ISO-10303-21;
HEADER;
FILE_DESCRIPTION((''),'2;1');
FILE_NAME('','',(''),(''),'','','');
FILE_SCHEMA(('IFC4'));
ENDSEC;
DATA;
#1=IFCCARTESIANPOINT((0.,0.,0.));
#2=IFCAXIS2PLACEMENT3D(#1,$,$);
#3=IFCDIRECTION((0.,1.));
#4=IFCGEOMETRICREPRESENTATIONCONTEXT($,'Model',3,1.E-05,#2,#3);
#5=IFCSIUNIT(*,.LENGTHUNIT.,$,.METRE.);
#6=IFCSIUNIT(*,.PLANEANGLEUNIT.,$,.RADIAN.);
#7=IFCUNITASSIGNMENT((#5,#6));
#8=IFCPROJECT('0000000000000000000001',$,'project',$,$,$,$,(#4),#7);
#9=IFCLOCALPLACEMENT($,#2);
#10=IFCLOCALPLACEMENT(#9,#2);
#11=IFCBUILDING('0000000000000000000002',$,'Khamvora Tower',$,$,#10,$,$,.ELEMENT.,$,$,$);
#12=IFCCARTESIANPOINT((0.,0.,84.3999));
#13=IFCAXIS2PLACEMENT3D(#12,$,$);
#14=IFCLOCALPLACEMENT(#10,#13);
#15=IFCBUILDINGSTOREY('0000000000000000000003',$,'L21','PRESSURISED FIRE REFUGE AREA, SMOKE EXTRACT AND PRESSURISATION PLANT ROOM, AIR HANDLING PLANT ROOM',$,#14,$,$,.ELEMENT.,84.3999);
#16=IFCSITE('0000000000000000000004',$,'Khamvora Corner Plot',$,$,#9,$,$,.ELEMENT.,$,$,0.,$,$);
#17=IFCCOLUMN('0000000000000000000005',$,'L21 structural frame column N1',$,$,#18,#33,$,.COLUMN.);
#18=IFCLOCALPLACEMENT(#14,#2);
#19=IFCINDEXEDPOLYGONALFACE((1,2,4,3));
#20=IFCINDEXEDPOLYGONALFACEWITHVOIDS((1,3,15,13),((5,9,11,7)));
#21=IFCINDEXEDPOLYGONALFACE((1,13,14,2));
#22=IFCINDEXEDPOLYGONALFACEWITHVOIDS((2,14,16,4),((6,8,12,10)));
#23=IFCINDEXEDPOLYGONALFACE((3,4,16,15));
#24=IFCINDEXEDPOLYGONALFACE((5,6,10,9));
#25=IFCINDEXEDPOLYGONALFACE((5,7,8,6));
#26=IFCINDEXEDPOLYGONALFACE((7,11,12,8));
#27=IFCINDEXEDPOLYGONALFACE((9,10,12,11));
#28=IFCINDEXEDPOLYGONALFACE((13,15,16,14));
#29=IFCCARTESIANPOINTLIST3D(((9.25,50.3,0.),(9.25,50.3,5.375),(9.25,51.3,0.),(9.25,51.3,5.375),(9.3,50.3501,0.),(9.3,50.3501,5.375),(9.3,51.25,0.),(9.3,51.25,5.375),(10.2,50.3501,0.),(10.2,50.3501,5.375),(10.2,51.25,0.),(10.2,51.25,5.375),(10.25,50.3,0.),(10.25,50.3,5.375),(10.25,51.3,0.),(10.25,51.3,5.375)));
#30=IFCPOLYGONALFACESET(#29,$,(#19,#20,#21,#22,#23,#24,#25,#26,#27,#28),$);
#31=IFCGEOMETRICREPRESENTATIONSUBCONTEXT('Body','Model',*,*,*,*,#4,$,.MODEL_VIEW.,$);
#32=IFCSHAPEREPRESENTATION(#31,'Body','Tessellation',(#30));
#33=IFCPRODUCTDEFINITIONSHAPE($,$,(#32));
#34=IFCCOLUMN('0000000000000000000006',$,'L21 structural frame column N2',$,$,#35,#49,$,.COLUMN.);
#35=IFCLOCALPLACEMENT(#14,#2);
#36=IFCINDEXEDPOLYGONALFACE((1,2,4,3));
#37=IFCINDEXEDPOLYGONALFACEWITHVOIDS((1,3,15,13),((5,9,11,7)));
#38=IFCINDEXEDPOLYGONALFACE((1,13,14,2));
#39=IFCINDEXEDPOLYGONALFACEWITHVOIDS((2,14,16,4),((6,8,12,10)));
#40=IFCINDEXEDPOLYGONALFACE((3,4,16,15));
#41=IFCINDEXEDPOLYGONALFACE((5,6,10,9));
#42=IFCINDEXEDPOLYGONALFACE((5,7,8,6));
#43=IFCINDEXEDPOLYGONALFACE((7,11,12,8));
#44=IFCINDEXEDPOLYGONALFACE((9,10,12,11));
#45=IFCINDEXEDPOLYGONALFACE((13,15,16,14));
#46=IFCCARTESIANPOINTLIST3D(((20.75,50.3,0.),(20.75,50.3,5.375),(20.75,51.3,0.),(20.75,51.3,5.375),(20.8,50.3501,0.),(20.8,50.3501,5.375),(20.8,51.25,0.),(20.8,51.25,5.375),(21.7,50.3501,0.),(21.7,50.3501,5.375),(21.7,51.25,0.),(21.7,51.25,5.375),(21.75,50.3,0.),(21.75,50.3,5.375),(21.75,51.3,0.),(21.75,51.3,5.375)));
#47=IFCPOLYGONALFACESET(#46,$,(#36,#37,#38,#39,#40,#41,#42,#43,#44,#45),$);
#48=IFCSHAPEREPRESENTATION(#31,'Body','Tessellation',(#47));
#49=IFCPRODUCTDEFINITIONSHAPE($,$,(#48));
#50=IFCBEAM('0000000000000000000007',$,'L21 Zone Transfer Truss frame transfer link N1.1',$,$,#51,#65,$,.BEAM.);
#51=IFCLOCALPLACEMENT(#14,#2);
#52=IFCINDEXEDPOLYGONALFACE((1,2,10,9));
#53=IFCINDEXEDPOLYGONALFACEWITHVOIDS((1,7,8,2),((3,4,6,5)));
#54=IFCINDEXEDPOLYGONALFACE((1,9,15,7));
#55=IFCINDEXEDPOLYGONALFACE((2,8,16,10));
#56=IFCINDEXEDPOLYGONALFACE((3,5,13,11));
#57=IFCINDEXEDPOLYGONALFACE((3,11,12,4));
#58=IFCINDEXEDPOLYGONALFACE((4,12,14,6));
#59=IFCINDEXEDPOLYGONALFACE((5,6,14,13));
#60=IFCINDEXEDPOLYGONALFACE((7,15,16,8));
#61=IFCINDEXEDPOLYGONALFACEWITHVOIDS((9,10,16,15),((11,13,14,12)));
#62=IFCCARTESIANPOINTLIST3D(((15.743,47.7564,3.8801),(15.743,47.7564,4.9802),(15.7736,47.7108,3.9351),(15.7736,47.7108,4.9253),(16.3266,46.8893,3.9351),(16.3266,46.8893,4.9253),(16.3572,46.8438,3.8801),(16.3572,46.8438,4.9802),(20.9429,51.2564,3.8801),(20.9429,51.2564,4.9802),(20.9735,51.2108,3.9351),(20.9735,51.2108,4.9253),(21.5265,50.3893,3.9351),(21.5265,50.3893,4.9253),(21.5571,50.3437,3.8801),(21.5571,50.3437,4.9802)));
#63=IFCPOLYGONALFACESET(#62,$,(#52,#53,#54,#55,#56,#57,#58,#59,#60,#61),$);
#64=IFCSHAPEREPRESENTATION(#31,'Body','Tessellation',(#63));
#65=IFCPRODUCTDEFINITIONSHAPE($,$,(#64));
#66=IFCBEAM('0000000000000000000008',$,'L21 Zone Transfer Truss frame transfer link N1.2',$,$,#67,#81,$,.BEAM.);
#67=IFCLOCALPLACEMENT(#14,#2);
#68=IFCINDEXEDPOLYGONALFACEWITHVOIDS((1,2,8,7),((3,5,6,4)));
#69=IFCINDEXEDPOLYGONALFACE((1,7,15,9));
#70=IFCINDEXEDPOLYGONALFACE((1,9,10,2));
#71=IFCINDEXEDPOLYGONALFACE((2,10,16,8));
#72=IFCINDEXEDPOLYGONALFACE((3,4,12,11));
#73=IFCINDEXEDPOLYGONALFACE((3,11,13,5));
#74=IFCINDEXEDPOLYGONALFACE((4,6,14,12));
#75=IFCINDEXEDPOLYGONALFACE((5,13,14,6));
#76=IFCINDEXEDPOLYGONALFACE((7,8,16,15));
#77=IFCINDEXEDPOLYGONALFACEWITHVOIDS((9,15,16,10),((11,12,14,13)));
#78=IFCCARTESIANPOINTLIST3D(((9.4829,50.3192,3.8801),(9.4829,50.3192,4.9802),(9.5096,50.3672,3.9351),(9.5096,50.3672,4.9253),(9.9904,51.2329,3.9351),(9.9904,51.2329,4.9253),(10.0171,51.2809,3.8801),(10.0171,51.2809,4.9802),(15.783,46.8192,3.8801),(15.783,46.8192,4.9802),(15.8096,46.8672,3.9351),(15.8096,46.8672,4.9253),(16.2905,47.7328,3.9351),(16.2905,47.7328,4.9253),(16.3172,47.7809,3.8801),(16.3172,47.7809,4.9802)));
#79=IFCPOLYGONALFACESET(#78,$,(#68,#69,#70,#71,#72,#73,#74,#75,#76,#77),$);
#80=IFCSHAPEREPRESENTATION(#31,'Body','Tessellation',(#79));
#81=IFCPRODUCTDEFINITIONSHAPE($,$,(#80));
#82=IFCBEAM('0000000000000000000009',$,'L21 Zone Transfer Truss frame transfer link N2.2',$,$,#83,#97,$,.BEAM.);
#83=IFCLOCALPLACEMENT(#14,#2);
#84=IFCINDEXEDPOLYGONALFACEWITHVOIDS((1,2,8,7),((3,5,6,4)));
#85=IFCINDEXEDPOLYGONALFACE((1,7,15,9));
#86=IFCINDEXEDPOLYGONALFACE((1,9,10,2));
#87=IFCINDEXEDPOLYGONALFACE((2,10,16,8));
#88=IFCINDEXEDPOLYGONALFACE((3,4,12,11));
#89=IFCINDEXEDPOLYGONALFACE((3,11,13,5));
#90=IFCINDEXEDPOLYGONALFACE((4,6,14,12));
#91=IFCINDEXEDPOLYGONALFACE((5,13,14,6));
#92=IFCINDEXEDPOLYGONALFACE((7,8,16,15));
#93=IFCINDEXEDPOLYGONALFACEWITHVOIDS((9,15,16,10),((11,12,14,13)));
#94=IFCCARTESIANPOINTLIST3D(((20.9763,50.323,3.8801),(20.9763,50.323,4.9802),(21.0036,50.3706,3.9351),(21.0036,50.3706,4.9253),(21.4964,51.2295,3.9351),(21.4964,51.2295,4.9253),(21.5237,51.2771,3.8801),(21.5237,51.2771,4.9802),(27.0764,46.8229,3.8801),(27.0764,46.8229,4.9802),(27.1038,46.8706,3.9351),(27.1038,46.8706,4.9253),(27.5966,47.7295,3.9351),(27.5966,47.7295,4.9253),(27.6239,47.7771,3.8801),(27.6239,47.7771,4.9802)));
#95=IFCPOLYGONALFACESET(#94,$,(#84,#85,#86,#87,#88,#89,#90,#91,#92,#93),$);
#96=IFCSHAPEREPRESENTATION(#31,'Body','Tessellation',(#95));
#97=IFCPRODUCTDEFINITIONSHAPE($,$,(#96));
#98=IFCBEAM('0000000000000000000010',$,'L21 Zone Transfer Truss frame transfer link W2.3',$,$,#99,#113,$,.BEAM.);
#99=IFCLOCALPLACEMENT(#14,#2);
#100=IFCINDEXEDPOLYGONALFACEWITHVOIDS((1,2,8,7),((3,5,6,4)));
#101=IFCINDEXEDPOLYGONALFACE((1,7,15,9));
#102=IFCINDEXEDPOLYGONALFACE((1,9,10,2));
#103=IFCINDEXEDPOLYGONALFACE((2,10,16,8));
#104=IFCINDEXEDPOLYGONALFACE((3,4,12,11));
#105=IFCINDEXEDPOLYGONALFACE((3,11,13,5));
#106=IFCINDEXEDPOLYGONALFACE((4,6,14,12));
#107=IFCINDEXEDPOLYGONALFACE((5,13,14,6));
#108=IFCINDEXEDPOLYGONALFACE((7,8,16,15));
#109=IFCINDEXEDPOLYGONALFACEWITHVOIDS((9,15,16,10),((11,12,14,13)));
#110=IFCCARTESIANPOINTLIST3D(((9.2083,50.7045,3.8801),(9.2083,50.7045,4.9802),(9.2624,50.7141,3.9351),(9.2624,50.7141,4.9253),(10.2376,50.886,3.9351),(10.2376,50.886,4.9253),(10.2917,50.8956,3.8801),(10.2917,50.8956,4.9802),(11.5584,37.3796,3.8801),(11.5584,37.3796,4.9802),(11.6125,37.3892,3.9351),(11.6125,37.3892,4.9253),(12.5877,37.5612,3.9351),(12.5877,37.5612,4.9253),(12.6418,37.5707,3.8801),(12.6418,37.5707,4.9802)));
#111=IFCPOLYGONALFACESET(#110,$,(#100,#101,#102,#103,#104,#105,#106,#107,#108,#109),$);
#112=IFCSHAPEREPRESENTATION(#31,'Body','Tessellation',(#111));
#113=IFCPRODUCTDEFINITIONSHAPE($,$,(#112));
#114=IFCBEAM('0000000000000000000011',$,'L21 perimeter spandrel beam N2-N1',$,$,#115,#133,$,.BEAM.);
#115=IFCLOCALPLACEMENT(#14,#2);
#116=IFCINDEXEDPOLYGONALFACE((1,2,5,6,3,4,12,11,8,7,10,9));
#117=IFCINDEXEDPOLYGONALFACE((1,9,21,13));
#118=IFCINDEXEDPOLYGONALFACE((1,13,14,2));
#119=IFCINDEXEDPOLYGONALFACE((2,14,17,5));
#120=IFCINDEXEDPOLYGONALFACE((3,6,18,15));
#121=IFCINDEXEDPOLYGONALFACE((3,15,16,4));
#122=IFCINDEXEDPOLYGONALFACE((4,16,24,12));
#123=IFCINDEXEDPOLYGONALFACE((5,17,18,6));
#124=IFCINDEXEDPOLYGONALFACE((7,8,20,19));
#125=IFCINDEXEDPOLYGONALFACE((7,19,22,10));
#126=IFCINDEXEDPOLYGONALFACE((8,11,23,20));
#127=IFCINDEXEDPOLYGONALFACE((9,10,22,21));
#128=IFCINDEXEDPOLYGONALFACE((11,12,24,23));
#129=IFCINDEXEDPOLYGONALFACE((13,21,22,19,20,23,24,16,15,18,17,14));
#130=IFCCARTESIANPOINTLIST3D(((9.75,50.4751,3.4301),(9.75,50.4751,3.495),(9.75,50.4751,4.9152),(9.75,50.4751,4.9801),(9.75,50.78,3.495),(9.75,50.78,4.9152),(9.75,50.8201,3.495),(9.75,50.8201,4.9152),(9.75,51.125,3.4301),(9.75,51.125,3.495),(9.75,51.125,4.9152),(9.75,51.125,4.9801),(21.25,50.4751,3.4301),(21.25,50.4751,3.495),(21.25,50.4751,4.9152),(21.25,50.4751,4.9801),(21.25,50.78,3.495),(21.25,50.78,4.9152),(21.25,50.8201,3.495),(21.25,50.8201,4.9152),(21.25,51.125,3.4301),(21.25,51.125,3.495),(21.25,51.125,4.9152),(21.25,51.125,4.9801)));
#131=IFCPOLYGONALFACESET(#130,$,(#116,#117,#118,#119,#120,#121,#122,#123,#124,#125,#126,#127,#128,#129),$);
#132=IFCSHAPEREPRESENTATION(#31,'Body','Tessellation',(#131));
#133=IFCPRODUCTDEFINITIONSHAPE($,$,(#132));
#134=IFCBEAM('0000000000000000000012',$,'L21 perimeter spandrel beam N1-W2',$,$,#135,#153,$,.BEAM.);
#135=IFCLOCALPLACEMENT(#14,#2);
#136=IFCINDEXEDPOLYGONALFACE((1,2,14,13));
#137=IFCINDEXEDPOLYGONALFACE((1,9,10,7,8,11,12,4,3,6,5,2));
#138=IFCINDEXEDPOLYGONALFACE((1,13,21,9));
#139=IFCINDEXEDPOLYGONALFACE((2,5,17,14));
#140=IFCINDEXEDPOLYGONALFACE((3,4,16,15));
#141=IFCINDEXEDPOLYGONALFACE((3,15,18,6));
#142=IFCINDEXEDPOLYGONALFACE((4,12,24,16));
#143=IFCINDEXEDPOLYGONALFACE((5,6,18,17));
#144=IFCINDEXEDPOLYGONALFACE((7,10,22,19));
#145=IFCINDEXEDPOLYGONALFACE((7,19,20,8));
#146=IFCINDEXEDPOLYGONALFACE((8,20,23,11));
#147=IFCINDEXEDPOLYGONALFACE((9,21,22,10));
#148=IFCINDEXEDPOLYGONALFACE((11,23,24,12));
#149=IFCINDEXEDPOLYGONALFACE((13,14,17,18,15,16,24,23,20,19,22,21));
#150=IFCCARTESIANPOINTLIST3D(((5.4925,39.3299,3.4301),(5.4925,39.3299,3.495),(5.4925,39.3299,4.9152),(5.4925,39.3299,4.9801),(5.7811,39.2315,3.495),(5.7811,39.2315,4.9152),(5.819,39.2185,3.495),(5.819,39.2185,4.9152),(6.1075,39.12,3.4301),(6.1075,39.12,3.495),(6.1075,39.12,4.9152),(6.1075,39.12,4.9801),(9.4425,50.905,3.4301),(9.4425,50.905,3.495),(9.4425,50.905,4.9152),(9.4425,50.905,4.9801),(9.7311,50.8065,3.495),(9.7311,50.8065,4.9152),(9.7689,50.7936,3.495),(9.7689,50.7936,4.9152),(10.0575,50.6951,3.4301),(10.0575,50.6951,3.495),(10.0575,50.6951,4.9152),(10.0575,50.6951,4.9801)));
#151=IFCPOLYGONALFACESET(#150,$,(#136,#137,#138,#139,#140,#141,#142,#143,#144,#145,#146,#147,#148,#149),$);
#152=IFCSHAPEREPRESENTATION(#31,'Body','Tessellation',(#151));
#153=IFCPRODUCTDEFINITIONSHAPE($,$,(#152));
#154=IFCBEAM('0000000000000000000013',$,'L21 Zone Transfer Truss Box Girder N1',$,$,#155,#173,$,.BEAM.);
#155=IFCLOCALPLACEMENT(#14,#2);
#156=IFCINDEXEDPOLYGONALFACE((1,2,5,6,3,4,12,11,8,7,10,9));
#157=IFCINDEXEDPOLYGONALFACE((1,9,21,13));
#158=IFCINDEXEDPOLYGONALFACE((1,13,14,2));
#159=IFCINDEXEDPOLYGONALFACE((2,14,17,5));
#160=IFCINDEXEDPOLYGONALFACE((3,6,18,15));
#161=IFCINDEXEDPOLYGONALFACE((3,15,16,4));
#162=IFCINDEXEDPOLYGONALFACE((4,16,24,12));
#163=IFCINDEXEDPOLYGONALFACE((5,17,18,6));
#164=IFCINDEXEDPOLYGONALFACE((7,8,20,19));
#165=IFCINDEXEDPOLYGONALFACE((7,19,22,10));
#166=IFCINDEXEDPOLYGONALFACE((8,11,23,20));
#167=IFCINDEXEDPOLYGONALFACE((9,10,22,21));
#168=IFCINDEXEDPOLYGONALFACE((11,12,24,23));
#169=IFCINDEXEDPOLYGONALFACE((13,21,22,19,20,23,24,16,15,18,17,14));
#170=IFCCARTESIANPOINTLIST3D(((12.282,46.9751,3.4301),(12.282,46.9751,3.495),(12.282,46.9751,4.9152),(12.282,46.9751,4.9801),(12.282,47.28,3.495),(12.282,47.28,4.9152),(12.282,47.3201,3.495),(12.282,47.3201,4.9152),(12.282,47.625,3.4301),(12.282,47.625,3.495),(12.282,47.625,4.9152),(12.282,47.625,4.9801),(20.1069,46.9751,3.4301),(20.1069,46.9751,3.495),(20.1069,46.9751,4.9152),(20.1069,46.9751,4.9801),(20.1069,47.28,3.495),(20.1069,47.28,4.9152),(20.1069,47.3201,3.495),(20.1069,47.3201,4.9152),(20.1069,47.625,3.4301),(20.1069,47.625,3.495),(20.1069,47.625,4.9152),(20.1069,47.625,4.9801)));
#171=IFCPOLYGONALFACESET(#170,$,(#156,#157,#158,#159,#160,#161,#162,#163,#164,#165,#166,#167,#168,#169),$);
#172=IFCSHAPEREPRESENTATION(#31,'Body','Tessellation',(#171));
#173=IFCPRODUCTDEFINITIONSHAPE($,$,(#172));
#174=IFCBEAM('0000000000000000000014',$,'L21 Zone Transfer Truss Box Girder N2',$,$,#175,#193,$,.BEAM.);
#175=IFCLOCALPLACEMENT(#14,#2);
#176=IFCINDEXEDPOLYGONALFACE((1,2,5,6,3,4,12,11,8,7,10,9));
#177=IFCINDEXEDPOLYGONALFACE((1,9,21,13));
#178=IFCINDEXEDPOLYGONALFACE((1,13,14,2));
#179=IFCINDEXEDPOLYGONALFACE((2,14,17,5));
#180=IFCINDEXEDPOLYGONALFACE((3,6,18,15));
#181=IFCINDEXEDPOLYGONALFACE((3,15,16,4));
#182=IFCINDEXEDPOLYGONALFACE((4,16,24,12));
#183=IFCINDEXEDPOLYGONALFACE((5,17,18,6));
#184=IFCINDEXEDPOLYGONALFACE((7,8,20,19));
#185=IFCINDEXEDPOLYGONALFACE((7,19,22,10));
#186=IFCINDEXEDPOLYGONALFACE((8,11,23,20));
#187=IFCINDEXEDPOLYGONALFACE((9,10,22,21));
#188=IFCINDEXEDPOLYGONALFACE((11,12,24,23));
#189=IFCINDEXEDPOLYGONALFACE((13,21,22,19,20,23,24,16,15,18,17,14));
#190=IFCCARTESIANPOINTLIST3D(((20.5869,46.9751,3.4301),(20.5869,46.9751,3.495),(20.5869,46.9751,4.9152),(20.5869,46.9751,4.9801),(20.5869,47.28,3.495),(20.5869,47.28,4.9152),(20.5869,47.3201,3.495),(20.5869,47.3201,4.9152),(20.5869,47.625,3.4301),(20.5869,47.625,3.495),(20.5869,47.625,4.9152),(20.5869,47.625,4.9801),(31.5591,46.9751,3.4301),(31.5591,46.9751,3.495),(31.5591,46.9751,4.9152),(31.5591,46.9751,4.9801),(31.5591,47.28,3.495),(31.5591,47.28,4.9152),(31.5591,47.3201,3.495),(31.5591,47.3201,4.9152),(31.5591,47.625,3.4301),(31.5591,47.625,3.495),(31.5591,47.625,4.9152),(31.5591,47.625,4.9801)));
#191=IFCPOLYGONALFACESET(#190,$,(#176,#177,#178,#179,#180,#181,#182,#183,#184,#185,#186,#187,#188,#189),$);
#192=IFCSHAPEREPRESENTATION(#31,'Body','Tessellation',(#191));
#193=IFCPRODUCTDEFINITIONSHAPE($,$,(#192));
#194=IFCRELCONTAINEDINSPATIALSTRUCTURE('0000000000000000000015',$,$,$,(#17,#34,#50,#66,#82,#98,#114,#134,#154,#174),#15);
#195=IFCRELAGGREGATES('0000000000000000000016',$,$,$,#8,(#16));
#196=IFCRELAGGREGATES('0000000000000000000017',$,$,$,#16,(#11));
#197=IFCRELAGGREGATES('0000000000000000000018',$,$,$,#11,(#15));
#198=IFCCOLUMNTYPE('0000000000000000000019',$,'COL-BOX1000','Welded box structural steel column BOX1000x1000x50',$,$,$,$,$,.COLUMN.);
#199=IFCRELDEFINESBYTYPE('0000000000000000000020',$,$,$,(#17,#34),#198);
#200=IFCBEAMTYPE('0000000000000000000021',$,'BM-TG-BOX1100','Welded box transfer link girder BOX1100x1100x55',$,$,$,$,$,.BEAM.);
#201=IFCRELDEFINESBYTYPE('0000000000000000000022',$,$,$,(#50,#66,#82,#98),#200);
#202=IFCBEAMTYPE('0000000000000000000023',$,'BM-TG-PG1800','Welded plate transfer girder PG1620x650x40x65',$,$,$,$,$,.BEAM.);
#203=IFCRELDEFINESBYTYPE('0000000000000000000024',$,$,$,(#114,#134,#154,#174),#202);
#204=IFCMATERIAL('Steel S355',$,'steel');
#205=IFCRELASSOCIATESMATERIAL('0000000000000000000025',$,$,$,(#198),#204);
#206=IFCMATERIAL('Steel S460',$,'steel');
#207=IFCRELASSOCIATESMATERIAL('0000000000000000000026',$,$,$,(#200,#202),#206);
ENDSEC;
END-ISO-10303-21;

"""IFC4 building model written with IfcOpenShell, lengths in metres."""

from ifc_helpers import new_model, si_unit, direction, frame, origin, origin_2d, place, context, subcontext, project, spatial, hollow_rectangle, i_section, extrude, material, material_profile, profile_set, type_object, element, save


model = new_model("IFC4")

# Units and contexts
model_context = context("Model", 3, precision=1e-05, world=origin(), true_north=direction((0.0, 1.0)))
body_context = subcontext(model_context, "Body", "Model", "MODEL_VIEW")
ifc_project = project(units=[si_unit("LENGTHUNIT", "METRE"), si_unit("PLANEANGLEUNIT", "RADIAN")], contexts=[model_context])

# Site, building, storey
site_placement = place(None, origin())
site = spatial("IfcSite", under=ifc_project, at=site_placement, Name="Khamvora Corner Plot", CompositionType="ELEMENT", RefElevation=0.0)
building_placement = place(site_placement, origin())
building = spatial("IfcBuilding", under=site, at=building_placement, Name="Khamvora Tower", CompositionType="ELEMENT")
storey_placement = place(building_placement, frame((0.0, 0.0, 84.3999)))
storey = spatial("IfcBuildingStorey", under=building, at=storey_placement, Name="L21", Description="PRESSURISED FIRE REFUGE AREA, SMOKE EXTRACT AND PRESSURISATION PLANT ROOM, AIR HANDLING PLANT ROOM", CompositionType="ELEMENT", Elevation=84.3999)

# Columns
ifc_material_1 = material(Name="Steel S355", Category="steel")
ifc_material_profile_1 = material_profile(ifc_material_1, hollow_rectangle(XDim=1.0, YDim=1.0, WallThickness=0.05, at=origin_2d()), Name="BOX1000x1000x50")
ifc_profile_set_1 = profile_set([ifc_material_profile_1], Name="Steel S355")
column_type = type_object("IfcColumnType", Name="COL-BOX1000", Description="Welded box structural steel column BOX1000x1000x50", PredefinedType="COLUMN", material=ifc_profile_set_1)
for number, where, z_axis, x_axis, name in (
    (1, (9.75, 50.8, 0.0), (0.0, 0.0, 1.0), (1.0, 0.0, 0.0), "L21 structural frame column N1"),
    (2, (21.25, 50.8, 0.0), (0.0, 0.0, 1.0), (1.0, 0.0, 0.0), "L21 structural frame column N2"),
):
    element("IfcColumn", number, at=place(storey_placement, frame(where, z_axis=z_axis, x_axis=x_axis)), inside=storey, type_object=column_type, Name=name, PredefinedType="COLUMN", context=body_context, shape_type="SweptSolid", body=[
        extrude(hollow_rectangle(XDim=1.0, YDim=1.0, WallThickness=0.05, at=origin_2d()), origin(), (0.0, 0.0, 1.0), 5.375),
    ])

# Beams
ifc_material_2 = material(Name="Steel S460", Category="steel")
ifc_material_profile_2 = material_profile(ifc_material_2, hollow_rectangle(XDim=1.1001, YDim=1.1001, WallThickness=0.0549, at=origin_2d()), Name="BOX1100x1100x55")
ifc_profile_set_2 = profile_set([ifc_material_profile_2], Name="Steel S460")
beam_type_1 = type_object("IfcBeamType", Name="BM-TG-BOX1100", Description="Welded box transfer link girder BOX1100x1100x55", PredefinedType="BEAM", material=ifc_profile_set_2)
beam_1_placement = place(storey_placement, frame((21.25, 50.8, 4.4302), z_axis=(-0.829585, -0.55838, 0.0), x_axis=(0.55838, -0.829585, 0.0)))
element("IfcBeam", 3, at=beam_1_placement, inside=storey, type_object=beam_type_1, Name="L21 Zone Transfer Truss frame transfer link N1.1", PredefinedType="BEAM", context=body_context, shape_type="SweptSolid", body=[
    extrude(hollow_rectangle(XDim=1.1001, YDim=1.1001, WallThickness=0.0549, at=origin_2d()), origin(), (0.0, 0.0, 1.0), 6.2681),
])
beam_2_placement = place(storey_placement, frame((9.75, 50.8, 4.4302), z_axis=(0.874159, -0.48564, 0.0), x_axis=(0.48564, 0.874159, 0.0)))
element("IfcBeam", 4, at=beam_2_placement, inside=storey, type_object=beam_type_1, Name="L21 Zone Transfer Truss frame transfer link N1.2", PredefinedType="BEAM", context=body_context, shape_type="SweptSolid", body=[
    extrude(hollow_rectangle(XDim=1.1001, YDim=1.1001, WallThickness=0.0549, at=origin_2d()), origin(), (0.0, 0.0, 1.0), 7.207),
])
beam_3_placement = place(storey_placement, frame((21.25, 50.8, 4.4302), z_axis=(0.86737, -0.497663, 0.0), x_axis=(0.497663, 0.86737, 0.0)))
element("IfcBeam", 5, at=beam_3_placement, inside=storey, type_object=beam_type_1, Name="L21 Zone Transfer Truss frame transfer link N2.2", PredefinedType="BEAM", context=body_context, shape_type="SweptSolid", body=[
    extrude(hollow_rectangle(XDim=1.1001, YDim=1.1001, WallThickness=0.0549, at=origin_2d()), origin(), (0.0, 0.0, 1.0), 7.033),
])
beam_4_placement = place(storey_placement, frame((9.75, 50.8, 4.4302), z_axis=(0.173688, -0.984801, 0.0), x_axis=(0.984801, 0.173688, 0.0)))
element("IfcBeam", 6, at=beam_4_placement, inside=storey, type_object=beam_type_1, Name="L21 Zone Transfer Truss frame transfer link W2.3", PredefinedType="BEAM", context=body_context, shape_type="SweptSolid", body=[
    extrude(hollow_rectangle(XDim=1.1001, YDim=1.1001, WallThickness=0.0549, at=origin_2d()), origin(), (0.0, 0.0, 1.0), 13.5305),
])
ifc_material_profile_3 = material_profile(ifc_material_2, i_section(OverallWidth=0.6499, OverallDepth=1.55, WebThickness=0.04, FlangeThickness=0.0649, at=origin_2d()), Name="PG1550x650x40x65")
ifc_profile_set_3 = profile_set([ifc_material_profile_3], Name="Steel S460")
beam_type_2 = type_object("IfcBeamType", Name="BM-TG-PG1800", Description="Welded plate transfer girder PG1620x650x40x65", PredefinedType="BEAM", material=ifc_profile_set_3)
beam_5_placement = place(storey_placement, frame((21.25, 50.8, 4.2051), z_axis=(-1.0, 0.0, 0.0), x_axis=(0.0, -1.0, 0.0)))
element("IfcBeam", 7, at=beam_5_placement, inside=storey, type_object=beam_type_2, Name="L21 perimeter spandrel beam N2-N1", PredefinedType="BEAM", context=body_context, shape_type="SweptSolid", body=[
    extrude(i_section(OverallWidth=0.6499, OverallDepth=1.55, WebThickness=0.04, FlangeThickness=0.0649, at=origin_2d()), origin(), (0.0, 0.0, 1.0), 11.5),
])
beam_6_placement = place(storey_placement, frame((9.75, 50.8, 4.2051), z_axis=(-0.322963, -0.946412, 0.0), x_axis=(0.946412, -0.322963, 0.0)))
element("IfcBeam", 8, at=beam_6_placement, inside=storey, type_object=beam_type_2, Name="L21 perimeter spandrel beam N1-W2", PredefinedType="BEAM", context=body_context, shape_type="SweptSolid", body=[
    extrude(i_section(OverallWidth=0.6499, OverallDepth=1.55, WebThickness=0.04, FlangeThickness=0.0649, at=origin_2d()), origin(), (0.0, 0.0, 1.0), 12.2305),
])
beam_7_placement = place(storey_placement, frame((12.282, 47.3, 4.2051), z_axis=(1.0, 0.0, 0.0), x_axis=(0.0, 1.0, 0.0)))
element("IfcBeam", 9, at=beam_7_placement, inside=storey, type_object=beam_type_2, Name="L21 Zone Transfer Truss Box Girder N1", PredefinedType="BEAM", context=body_context, shape_type="SweptSolid", body=[
    extrude(i_section(OverallWidth=0.6499, OverallDepth=1.55, WebThickness=0.04, FlangeThickness=0.0649, at=origin_2d()), origin(), (0.0, 0.0, 1.0), 7.825),
])
beam_8_placement = place(storey_placement, frame((20.5869, 47.3, 4.2051), z_axis=(1.0, 0.0, 0.0), x_axis=(0.0, 1.0, 0.0)))
element("IfcBeam", 10, at=beam_8_placement, inside=storey, type_object=beam_type_2, Name="L21 Zone Transfer Truss Box Girder N2", PredefinedType="BEAM", context=body_context, shape_type="SweptSolid", body=[
    extrude(i_section(OverallWidth=0.6499, OverallDepth=1.55, WebThickness=0.04, FlangeThickness=0.0649, at=origin_2d()), origin(), (0.0, 0.0, 1.0), 10.9722),
])

save(model, "model.ifc")
